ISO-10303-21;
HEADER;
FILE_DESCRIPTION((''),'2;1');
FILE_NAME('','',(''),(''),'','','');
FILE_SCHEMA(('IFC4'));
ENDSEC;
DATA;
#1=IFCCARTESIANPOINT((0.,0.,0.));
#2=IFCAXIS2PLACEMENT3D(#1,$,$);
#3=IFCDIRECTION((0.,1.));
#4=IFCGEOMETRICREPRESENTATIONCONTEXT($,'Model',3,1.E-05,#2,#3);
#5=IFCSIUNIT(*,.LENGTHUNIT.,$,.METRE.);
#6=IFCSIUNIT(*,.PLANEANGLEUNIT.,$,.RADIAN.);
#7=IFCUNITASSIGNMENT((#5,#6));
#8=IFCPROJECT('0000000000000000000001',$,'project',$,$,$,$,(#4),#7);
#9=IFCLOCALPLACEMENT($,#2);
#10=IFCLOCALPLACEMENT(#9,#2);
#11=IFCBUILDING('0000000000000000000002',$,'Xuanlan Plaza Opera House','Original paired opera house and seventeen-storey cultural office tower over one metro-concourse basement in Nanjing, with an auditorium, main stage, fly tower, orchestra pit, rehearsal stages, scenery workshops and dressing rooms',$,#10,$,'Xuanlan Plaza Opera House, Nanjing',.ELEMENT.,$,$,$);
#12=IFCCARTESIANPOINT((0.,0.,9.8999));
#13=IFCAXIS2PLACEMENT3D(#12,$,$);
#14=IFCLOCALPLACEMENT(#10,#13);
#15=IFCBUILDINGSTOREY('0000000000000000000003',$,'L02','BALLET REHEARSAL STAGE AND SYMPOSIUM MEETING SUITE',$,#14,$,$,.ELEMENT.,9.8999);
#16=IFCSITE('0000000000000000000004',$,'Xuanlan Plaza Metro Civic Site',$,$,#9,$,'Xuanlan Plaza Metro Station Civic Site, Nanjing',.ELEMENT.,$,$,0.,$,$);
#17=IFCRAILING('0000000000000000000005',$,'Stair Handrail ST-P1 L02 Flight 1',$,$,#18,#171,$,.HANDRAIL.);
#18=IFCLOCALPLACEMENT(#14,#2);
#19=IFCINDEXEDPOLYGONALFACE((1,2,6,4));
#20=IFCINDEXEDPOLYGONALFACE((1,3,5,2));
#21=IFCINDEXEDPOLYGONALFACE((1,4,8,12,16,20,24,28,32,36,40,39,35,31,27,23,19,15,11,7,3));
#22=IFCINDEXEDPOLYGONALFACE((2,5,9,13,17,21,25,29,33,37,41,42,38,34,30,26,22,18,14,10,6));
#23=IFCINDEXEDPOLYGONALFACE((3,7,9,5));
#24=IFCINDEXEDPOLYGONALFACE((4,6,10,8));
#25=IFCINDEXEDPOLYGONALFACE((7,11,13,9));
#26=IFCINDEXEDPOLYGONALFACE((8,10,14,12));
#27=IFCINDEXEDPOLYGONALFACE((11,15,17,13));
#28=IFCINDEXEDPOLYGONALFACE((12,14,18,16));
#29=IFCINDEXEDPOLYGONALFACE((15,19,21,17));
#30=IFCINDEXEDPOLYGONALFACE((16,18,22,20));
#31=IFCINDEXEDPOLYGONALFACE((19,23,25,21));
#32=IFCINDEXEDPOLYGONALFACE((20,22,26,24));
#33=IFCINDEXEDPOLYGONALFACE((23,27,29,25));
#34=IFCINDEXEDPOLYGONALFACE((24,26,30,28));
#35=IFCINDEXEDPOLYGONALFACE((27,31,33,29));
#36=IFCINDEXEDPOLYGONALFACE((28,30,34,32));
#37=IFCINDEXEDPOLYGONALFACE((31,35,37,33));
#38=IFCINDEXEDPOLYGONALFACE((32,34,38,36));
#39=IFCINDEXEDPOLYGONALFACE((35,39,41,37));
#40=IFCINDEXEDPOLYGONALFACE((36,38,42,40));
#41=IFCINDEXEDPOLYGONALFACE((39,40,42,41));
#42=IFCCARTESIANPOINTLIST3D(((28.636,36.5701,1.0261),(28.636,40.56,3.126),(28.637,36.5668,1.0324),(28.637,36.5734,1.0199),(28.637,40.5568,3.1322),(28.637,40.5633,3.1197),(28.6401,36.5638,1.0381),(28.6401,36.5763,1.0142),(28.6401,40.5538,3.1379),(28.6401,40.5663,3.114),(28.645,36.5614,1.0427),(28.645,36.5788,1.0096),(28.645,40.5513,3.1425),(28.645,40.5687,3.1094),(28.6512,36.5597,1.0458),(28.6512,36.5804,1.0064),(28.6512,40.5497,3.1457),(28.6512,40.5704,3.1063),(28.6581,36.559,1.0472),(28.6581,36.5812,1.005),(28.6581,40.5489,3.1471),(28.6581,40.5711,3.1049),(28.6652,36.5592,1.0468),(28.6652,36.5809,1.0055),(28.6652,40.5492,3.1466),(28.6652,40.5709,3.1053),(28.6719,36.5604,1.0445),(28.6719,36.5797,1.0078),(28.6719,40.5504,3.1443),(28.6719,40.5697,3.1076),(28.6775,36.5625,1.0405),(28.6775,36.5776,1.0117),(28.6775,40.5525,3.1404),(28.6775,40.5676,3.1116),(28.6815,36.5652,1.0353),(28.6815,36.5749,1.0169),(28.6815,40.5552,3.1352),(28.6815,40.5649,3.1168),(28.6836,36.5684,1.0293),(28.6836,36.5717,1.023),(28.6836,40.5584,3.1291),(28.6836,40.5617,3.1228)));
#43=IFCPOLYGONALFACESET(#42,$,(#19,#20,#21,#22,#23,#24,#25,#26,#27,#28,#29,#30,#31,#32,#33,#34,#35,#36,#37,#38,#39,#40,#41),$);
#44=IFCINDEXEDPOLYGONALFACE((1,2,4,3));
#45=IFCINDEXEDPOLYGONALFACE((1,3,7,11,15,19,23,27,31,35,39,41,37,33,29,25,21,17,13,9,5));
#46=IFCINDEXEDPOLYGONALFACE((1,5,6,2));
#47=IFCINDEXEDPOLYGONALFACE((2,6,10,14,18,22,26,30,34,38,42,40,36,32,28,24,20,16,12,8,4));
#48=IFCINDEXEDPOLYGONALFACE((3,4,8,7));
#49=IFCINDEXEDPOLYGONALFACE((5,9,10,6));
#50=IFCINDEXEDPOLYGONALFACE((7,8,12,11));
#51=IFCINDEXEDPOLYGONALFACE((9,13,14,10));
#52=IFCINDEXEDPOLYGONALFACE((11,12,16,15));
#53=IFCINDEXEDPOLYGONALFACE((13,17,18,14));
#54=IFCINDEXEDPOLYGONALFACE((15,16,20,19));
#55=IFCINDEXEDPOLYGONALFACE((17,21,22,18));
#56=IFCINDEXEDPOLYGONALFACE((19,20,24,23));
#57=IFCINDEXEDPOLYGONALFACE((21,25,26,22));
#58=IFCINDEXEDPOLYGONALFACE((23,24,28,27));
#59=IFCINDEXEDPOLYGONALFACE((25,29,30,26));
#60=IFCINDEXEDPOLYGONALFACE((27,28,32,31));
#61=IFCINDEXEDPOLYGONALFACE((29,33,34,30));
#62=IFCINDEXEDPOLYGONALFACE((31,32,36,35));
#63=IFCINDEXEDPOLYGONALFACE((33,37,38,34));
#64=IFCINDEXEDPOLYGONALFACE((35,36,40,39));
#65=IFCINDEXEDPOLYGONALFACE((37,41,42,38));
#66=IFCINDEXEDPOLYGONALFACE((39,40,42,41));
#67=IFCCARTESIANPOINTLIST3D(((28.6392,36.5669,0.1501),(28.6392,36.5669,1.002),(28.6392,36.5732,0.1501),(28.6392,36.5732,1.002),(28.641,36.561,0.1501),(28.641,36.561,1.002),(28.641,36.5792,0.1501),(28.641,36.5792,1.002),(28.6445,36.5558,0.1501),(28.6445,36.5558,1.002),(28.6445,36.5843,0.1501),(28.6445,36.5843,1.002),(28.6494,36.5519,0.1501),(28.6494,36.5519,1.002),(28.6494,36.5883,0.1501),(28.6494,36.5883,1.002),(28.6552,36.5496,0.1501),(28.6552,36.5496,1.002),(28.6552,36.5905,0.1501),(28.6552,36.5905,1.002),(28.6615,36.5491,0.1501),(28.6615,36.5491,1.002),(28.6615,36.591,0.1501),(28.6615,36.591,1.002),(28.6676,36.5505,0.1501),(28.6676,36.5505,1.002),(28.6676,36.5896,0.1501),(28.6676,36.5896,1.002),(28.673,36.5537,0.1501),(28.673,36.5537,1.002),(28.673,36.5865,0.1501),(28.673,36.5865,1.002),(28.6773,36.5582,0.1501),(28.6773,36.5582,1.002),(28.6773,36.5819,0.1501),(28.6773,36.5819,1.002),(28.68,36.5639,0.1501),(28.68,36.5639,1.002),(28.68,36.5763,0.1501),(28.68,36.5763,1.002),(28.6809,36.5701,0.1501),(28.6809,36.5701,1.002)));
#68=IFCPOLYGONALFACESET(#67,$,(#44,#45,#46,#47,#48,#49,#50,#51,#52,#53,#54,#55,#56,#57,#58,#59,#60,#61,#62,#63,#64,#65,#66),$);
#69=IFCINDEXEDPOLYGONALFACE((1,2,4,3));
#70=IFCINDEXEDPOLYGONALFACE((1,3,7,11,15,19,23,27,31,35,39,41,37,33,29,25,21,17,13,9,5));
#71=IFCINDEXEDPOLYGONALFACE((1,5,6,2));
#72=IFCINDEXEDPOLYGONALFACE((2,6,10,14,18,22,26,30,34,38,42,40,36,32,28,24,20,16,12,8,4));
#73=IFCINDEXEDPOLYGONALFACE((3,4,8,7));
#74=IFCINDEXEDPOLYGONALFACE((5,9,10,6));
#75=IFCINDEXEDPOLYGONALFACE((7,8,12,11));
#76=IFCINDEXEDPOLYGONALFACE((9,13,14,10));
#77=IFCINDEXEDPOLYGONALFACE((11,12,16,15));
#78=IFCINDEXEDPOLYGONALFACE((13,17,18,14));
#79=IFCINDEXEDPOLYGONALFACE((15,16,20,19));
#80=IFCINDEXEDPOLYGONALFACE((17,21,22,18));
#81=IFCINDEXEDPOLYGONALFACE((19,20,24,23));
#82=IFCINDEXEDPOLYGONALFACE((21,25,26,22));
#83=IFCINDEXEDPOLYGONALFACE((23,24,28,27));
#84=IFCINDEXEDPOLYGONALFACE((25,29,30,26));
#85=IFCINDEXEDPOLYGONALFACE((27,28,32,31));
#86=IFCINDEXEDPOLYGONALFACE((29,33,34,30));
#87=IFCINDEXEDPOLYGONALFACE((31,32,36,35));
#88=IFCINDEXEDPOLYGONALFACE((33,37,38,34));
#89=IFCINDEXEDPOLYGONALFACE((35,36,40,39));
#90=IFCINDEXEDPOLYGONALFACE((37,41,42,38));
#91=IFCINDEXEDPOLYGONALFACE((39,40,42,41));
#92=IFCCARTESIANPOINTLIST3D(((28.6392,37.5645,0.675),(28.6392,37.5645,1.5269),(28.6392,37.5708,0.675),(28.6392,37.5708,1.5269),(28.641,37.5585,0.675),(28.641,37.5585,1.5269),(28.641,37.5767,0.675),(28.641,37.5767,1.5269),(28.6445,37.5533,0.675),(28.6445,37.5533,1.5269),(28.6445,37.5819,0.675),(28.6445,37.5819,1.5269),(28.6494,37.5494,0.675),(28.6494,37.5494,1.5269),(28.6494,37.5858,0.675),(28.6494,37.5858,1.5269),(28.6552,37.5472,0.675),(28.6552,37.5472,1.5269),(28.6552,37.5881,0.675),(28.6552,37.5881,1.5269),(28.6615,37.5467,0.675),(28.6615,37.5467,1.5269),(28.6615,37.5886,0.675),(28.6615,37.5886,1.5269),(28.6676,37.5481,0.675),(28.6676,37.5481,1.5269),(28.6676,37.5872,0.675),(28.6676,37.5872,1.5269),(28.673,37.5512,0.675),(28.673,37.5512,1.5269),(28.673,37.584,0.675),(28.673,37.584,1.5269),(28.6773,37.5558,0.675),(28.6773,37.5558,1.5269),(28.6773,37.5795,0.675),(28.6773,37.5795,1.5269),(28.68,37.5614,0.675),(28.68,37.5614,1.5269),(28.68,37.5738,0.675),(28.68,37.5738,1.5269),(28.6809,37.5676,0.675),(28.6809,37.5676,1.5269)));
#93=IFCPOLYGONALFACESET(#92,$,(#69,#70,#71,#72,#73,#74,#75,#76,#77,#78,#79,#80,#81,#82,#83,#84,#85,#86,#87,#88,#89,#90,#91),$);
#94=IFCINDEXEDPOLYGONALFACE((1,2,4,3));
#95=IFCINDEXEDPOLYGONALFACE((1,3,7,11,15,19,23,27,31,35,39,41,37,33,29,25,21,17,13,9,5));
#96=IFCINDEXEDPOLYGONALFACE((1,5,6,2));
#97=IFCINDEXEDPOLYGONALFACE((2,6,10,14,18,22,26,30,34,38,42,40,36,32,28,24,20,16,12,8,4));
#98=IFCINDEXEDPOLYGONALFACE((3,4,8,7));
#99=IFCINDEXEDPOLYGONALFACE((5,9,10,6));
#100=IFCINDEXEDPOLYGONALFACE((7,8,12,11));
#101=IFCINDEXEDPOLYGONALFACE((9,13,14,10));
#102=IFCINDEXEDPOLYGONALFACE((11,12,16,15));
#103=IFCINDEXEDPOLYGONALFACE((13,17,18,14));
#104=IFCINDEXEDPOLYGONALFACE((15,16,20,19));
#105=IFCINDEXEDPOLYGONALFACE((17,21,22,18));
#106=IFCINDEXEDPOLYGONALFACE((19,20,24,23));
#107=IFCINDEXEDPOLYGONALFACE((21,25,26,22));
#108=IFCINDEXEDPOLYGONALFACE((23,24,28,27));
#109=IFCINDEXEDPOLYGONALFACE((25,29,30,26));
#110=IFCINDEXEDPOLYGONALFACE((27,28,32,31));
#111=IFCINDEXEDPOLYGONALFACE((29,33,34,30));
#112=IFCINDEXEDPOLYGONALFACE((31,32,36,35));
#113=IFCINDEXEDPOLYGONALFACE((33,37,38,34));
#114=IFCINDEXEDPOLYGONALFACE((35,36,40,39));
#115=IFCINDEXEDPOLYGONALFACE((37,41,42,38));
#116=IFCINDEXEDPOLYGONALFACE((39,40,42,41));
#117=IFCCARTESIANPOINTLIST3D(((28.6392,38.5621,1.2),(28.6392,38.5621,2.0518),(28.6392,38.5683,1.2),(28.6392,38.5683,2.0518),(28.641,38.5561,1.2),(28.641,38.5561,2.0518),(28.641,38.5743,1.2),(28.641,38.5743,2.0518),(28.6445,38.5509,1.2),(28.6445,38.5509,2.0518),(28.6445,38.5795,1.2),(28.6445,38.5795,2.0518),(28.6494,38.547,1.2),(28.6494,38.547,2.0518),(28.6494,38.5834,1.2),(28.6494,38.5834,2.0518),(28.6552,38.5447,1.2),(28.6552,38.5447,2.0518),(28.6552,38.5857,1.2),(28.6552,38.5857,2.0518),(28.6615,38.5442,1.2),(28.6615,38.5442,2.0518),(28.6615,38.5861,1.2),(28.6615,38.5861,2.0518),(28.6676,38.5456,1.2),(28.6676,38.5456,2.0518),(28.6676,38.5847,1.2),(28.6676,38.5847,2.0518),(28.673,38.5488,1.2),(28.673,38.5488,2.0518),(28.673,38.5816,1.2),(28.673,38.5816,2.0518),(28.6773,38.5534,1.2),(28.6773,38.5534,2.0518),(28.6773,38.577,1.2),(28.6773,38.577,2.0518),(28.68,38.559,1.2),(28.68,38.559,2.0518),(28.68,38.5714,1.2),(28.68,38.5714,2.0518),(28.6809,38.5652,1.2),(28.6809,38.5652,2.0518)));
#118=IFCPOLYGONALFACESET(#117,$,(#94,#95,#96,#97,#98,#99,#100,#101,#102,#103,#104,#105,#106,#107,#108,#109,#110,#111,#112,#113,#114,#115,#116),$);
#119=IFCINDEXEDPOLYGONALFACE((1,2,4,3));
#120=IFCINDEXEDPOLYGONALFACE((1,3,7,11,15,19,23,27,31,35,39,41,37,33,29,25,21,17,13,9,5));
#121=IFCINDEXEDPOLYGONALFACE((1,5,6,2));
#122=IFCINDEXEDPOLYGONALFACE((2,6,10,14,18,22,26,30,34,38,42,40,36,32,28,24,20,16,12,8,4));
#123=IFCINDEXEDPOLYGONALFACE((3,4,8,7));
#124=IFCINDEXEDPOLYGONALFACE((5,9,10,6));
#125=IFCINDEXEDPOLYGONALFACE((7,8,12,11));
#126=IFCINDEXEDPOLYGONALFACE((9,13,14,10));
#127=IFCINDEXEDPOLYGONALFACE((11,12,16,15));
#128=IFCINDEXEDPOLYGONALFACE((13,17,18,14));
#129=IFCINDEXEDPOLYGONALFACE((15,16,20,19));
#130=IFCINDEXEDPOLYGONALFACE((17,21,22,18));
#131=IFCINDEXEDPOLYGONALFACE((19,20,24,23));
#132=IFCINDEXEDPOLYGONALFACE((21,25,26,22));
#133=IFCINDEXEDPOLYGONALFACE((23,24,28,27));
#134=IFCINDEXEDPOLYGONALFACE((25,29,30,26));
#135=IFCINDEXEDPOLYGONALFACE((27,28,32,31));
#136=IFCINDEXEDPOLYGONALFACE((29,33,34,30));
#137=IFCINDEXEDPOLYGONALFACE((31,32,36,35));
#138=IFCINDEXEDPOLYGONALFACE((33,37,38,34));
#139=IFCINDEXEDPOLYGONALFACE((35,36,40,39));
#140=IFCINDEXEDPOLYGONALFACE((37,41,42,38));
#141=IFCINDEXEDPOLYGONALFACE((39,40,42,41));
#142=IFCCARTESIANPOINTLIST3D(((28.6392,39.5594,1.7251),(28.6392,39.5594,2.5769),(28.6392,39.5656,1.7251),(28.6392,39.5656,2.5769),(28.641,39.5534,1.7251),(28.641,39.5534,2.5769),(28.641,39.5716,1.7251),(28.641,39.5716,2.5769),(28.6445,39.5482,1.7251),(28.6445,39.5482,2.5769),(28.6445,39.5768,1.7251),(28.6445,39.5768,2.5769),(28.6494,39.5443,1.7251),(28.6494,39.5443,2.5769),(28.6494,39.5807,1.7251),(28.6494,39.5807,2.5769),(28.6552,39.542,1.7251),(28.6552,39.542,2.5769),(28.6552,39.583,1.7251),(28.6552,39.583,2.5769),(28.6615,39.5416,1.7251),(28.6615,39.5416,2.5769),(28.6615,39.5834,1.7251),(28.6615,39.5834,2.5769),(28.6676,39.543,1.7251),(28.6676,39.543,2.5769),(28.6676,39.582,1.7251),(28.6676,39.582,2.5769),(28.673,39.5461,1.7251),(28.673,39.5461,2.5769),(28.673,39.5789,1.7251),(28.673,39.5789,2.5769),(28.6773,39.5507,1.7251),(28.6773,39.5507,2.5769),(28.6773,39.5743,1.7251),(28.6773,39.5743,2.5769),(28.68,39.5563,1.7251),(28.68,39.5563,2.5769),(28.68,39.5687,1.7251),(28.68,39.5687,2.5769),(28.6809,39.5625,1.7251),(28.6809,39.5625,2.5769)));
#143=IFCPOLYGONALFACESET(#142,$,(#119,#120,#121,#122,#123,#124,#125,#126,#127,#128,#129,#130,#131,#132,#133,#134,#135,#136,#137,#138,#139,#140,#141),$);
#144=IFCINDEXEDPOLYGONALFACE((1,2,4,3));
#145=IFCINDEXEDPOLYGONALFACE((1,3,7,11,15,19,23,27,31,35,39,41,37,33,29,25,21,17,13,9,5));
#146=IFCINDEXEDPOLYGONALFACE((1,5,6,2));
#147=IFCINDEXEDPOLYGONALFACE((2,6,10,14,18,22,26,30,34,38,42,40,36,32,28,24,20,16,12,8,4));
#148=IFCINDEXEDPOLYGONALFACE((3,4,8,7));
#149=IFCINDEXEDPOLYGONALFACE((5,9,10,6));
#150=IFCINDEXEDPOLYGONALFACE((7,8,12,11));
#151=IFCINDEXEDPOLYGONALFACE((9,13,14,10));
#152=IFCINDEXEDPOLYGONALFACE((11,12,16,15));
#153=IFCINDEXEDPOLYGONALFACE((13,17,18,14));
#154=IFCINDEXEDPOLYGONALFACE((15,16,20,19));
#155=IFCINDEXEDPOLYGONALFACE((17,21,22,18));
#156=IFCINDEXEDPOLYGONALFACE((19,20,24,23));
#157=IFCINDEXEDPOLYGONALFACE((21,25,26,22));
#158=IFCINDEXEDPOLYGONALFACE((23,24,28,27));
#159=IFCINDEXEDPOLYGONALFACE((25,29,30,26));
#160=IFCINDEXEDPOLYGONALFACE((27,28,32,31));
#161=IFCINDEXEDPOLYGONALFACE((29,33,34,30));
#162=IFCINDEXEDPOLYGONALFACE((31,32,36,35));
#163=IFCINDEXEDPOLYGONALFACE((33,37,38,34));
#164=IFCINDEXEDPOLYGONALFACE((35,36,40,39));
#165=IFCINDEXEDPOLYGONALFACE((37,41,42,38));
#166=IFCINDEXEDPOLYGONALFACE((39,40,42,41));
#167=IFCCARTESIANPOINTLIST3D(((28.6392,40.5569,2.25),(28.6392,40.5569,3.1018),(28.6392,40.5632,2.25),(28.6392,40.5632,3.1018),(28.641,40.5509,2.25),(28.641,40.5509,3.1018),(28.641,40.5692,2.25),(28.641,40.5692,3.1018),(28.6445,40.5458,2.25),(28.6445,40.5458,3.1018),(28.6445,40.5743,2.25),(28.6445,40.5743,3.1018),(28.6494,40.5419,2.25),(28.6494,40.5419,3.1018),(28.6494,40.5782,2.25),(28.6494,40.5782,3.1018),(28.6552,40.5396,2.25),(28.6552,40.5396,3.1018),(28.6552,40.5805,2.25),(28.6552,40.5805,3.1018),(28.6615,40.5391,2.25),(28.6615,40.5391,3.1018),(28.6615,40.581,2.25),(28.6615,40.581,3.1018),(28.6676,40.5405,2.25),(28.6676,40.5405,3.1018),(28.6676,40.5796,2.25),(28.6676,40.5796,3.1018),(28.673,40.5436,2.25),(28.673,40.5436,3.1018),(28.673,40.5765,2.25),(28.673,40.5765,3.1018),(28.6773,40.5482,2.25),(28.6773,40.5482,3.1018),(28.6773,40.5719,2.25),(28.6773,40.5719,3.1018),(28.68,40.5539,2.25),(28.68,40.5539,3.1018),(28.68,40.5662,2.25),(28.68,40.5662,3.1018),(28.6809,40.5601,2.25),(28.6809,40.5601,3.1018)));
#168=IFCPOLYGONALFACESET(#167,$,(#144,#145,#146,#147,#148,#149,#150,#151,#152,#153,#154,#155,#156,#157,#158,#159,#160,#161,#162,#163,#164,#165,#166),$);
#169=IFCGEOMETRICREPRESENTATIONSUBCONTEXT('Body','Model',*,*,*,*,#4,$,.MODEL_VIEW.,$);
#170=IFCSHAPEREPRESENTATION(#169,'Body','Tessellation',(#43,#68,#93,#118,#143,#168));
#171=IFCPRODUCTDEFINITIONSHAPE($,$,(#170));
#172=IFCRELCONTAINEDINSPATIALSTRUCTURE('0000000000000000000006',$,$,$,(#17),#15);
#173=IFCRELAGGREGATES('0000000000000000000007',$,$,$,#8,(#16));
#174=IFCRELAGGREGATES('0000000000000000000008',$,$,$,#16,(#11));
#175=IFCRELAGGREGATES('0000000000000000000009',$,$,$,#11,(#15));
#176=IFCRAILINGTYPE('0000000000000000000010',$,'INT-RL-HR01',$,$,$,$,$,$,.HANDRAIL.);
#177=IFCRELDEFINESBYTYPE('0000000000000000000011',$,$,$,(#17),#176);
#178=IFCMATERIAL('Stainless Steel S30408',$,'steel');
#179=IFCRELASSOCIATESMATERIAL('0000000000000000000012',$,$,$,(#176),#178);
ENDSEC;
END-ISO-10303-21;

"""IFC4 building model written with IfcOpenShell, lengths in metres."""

from ifc_helpers import new_model, si_unit, direction, frame, origin, origin_2d, place, context, subcontext, project, spatial, circle, extrude, material, type_object, element, save


model = new_model("IFC4")

# Units and contexts
model_context = context("Model", 3, precision=1e-05, world=origin(), true_north=direction((0.0, 1.0)))
body_context = subcontext(model_context, "Body", "Model", "MODEL_VIEW")
ifc_project = project(units=[si_unit("LENGTHUNIT", "METRE"), si_unit("PLANEANGLEUNIT", "RADIAN")], contexts=[model_context])

# Site, building, storey
site_placement = place(None, origin())
site = spatial("IfcSite", under=ifc_project, at=site_placement, Name="Xuanlan Plaza Metro Civic Site", LongName="Xuanlan Plaza Metro Station Civic Site, Nanjing", CompositionType="ELEMENT", RefElevation=0.0)
building_placement = place(site_placement, origin())
building = spatial("IfcBuilding", under=site, at=building_placement, Name="Xuanlan Plaza Opera House", Description="Original paired opera house and seventeen-storey cultural office tower over one metro-concourse basement in Nanjing, with an auditorium, main stage, fly tower, orchestra pit, rehearsal stages, scenery workshops and dressing rooms", LongName="Xuanlan Plaza Opera House, Nanjing", CompositionType="ELEMENT")
storey_placement = place(building_placement, frame((0.0, 0.0, 9.8999)))
storey = spatial("IfcBuildingStorey", under=building, at=storey_placement, Name="L02", Description="BALLET REHEARSAL STAGE AND SYMPOSIUM MEETING SUITE", CompositionType="ELEMENT", Elevation=9.8999)

# Shared definitions
ifc_material_1 = material(Name="Stainless Steel S30408", Category="steel")

# Railing
railing_type = type_object("IfcRailingType", Name="INT-RL-HR01", PredefinedType="HANDRAIL", material=ifc_material_1)
railing_placement = place(storey_placement, frame((28.6599, 36.5701, 0.1501)))
element("IfcRailing", 1, at=railing_placement, inside=storey, type_object=railing_type, Name="Stair Handrail ST-P1 L02 Flight 1", PredefinedType="HANDRAIL", context=body_context, shape_type="SweptSolid", body=[
    extrude(circle(Radius=0.0239, at=origin_2d()), frame((0.0, 0.0, 0.876), z_axis=(0.0, 0.884931, 0.465722), x_axis=(-1.0, 0.0, 0.0)), (0.0, 0.0, 1.0), 4.5088),
    extrude(circle(Radius=0.021, at=origin_2d()), origin(), (0.0, 0.0, 1.0), 0.8518),
    extrude(circle(Radius=0.021, at=origin_2d()), frame((0.0, 0.9976, 0.5249)), (0.0, 0.0, 1.0), 0.8518),
    extrude(circle(Radius=0.021, at=origin_2d()), frame((0.0, 1.9951, 1.0498)), (0.0, 0.0, 1.0), 0.8518),
    extrude(circle(Radius=0.021, at=origin_2d()), frame((0.0, 2.9924, 1.575)), (0.0, 0.0, 1.0), 0.8518),
    extrude(circle(Radius=0.021, at=origin_2d()), frame((0.0, 3.99, 2.0999)), (0.0, 0.0, 1.0), 0.8518),
])

save(model, "model.ifc")
